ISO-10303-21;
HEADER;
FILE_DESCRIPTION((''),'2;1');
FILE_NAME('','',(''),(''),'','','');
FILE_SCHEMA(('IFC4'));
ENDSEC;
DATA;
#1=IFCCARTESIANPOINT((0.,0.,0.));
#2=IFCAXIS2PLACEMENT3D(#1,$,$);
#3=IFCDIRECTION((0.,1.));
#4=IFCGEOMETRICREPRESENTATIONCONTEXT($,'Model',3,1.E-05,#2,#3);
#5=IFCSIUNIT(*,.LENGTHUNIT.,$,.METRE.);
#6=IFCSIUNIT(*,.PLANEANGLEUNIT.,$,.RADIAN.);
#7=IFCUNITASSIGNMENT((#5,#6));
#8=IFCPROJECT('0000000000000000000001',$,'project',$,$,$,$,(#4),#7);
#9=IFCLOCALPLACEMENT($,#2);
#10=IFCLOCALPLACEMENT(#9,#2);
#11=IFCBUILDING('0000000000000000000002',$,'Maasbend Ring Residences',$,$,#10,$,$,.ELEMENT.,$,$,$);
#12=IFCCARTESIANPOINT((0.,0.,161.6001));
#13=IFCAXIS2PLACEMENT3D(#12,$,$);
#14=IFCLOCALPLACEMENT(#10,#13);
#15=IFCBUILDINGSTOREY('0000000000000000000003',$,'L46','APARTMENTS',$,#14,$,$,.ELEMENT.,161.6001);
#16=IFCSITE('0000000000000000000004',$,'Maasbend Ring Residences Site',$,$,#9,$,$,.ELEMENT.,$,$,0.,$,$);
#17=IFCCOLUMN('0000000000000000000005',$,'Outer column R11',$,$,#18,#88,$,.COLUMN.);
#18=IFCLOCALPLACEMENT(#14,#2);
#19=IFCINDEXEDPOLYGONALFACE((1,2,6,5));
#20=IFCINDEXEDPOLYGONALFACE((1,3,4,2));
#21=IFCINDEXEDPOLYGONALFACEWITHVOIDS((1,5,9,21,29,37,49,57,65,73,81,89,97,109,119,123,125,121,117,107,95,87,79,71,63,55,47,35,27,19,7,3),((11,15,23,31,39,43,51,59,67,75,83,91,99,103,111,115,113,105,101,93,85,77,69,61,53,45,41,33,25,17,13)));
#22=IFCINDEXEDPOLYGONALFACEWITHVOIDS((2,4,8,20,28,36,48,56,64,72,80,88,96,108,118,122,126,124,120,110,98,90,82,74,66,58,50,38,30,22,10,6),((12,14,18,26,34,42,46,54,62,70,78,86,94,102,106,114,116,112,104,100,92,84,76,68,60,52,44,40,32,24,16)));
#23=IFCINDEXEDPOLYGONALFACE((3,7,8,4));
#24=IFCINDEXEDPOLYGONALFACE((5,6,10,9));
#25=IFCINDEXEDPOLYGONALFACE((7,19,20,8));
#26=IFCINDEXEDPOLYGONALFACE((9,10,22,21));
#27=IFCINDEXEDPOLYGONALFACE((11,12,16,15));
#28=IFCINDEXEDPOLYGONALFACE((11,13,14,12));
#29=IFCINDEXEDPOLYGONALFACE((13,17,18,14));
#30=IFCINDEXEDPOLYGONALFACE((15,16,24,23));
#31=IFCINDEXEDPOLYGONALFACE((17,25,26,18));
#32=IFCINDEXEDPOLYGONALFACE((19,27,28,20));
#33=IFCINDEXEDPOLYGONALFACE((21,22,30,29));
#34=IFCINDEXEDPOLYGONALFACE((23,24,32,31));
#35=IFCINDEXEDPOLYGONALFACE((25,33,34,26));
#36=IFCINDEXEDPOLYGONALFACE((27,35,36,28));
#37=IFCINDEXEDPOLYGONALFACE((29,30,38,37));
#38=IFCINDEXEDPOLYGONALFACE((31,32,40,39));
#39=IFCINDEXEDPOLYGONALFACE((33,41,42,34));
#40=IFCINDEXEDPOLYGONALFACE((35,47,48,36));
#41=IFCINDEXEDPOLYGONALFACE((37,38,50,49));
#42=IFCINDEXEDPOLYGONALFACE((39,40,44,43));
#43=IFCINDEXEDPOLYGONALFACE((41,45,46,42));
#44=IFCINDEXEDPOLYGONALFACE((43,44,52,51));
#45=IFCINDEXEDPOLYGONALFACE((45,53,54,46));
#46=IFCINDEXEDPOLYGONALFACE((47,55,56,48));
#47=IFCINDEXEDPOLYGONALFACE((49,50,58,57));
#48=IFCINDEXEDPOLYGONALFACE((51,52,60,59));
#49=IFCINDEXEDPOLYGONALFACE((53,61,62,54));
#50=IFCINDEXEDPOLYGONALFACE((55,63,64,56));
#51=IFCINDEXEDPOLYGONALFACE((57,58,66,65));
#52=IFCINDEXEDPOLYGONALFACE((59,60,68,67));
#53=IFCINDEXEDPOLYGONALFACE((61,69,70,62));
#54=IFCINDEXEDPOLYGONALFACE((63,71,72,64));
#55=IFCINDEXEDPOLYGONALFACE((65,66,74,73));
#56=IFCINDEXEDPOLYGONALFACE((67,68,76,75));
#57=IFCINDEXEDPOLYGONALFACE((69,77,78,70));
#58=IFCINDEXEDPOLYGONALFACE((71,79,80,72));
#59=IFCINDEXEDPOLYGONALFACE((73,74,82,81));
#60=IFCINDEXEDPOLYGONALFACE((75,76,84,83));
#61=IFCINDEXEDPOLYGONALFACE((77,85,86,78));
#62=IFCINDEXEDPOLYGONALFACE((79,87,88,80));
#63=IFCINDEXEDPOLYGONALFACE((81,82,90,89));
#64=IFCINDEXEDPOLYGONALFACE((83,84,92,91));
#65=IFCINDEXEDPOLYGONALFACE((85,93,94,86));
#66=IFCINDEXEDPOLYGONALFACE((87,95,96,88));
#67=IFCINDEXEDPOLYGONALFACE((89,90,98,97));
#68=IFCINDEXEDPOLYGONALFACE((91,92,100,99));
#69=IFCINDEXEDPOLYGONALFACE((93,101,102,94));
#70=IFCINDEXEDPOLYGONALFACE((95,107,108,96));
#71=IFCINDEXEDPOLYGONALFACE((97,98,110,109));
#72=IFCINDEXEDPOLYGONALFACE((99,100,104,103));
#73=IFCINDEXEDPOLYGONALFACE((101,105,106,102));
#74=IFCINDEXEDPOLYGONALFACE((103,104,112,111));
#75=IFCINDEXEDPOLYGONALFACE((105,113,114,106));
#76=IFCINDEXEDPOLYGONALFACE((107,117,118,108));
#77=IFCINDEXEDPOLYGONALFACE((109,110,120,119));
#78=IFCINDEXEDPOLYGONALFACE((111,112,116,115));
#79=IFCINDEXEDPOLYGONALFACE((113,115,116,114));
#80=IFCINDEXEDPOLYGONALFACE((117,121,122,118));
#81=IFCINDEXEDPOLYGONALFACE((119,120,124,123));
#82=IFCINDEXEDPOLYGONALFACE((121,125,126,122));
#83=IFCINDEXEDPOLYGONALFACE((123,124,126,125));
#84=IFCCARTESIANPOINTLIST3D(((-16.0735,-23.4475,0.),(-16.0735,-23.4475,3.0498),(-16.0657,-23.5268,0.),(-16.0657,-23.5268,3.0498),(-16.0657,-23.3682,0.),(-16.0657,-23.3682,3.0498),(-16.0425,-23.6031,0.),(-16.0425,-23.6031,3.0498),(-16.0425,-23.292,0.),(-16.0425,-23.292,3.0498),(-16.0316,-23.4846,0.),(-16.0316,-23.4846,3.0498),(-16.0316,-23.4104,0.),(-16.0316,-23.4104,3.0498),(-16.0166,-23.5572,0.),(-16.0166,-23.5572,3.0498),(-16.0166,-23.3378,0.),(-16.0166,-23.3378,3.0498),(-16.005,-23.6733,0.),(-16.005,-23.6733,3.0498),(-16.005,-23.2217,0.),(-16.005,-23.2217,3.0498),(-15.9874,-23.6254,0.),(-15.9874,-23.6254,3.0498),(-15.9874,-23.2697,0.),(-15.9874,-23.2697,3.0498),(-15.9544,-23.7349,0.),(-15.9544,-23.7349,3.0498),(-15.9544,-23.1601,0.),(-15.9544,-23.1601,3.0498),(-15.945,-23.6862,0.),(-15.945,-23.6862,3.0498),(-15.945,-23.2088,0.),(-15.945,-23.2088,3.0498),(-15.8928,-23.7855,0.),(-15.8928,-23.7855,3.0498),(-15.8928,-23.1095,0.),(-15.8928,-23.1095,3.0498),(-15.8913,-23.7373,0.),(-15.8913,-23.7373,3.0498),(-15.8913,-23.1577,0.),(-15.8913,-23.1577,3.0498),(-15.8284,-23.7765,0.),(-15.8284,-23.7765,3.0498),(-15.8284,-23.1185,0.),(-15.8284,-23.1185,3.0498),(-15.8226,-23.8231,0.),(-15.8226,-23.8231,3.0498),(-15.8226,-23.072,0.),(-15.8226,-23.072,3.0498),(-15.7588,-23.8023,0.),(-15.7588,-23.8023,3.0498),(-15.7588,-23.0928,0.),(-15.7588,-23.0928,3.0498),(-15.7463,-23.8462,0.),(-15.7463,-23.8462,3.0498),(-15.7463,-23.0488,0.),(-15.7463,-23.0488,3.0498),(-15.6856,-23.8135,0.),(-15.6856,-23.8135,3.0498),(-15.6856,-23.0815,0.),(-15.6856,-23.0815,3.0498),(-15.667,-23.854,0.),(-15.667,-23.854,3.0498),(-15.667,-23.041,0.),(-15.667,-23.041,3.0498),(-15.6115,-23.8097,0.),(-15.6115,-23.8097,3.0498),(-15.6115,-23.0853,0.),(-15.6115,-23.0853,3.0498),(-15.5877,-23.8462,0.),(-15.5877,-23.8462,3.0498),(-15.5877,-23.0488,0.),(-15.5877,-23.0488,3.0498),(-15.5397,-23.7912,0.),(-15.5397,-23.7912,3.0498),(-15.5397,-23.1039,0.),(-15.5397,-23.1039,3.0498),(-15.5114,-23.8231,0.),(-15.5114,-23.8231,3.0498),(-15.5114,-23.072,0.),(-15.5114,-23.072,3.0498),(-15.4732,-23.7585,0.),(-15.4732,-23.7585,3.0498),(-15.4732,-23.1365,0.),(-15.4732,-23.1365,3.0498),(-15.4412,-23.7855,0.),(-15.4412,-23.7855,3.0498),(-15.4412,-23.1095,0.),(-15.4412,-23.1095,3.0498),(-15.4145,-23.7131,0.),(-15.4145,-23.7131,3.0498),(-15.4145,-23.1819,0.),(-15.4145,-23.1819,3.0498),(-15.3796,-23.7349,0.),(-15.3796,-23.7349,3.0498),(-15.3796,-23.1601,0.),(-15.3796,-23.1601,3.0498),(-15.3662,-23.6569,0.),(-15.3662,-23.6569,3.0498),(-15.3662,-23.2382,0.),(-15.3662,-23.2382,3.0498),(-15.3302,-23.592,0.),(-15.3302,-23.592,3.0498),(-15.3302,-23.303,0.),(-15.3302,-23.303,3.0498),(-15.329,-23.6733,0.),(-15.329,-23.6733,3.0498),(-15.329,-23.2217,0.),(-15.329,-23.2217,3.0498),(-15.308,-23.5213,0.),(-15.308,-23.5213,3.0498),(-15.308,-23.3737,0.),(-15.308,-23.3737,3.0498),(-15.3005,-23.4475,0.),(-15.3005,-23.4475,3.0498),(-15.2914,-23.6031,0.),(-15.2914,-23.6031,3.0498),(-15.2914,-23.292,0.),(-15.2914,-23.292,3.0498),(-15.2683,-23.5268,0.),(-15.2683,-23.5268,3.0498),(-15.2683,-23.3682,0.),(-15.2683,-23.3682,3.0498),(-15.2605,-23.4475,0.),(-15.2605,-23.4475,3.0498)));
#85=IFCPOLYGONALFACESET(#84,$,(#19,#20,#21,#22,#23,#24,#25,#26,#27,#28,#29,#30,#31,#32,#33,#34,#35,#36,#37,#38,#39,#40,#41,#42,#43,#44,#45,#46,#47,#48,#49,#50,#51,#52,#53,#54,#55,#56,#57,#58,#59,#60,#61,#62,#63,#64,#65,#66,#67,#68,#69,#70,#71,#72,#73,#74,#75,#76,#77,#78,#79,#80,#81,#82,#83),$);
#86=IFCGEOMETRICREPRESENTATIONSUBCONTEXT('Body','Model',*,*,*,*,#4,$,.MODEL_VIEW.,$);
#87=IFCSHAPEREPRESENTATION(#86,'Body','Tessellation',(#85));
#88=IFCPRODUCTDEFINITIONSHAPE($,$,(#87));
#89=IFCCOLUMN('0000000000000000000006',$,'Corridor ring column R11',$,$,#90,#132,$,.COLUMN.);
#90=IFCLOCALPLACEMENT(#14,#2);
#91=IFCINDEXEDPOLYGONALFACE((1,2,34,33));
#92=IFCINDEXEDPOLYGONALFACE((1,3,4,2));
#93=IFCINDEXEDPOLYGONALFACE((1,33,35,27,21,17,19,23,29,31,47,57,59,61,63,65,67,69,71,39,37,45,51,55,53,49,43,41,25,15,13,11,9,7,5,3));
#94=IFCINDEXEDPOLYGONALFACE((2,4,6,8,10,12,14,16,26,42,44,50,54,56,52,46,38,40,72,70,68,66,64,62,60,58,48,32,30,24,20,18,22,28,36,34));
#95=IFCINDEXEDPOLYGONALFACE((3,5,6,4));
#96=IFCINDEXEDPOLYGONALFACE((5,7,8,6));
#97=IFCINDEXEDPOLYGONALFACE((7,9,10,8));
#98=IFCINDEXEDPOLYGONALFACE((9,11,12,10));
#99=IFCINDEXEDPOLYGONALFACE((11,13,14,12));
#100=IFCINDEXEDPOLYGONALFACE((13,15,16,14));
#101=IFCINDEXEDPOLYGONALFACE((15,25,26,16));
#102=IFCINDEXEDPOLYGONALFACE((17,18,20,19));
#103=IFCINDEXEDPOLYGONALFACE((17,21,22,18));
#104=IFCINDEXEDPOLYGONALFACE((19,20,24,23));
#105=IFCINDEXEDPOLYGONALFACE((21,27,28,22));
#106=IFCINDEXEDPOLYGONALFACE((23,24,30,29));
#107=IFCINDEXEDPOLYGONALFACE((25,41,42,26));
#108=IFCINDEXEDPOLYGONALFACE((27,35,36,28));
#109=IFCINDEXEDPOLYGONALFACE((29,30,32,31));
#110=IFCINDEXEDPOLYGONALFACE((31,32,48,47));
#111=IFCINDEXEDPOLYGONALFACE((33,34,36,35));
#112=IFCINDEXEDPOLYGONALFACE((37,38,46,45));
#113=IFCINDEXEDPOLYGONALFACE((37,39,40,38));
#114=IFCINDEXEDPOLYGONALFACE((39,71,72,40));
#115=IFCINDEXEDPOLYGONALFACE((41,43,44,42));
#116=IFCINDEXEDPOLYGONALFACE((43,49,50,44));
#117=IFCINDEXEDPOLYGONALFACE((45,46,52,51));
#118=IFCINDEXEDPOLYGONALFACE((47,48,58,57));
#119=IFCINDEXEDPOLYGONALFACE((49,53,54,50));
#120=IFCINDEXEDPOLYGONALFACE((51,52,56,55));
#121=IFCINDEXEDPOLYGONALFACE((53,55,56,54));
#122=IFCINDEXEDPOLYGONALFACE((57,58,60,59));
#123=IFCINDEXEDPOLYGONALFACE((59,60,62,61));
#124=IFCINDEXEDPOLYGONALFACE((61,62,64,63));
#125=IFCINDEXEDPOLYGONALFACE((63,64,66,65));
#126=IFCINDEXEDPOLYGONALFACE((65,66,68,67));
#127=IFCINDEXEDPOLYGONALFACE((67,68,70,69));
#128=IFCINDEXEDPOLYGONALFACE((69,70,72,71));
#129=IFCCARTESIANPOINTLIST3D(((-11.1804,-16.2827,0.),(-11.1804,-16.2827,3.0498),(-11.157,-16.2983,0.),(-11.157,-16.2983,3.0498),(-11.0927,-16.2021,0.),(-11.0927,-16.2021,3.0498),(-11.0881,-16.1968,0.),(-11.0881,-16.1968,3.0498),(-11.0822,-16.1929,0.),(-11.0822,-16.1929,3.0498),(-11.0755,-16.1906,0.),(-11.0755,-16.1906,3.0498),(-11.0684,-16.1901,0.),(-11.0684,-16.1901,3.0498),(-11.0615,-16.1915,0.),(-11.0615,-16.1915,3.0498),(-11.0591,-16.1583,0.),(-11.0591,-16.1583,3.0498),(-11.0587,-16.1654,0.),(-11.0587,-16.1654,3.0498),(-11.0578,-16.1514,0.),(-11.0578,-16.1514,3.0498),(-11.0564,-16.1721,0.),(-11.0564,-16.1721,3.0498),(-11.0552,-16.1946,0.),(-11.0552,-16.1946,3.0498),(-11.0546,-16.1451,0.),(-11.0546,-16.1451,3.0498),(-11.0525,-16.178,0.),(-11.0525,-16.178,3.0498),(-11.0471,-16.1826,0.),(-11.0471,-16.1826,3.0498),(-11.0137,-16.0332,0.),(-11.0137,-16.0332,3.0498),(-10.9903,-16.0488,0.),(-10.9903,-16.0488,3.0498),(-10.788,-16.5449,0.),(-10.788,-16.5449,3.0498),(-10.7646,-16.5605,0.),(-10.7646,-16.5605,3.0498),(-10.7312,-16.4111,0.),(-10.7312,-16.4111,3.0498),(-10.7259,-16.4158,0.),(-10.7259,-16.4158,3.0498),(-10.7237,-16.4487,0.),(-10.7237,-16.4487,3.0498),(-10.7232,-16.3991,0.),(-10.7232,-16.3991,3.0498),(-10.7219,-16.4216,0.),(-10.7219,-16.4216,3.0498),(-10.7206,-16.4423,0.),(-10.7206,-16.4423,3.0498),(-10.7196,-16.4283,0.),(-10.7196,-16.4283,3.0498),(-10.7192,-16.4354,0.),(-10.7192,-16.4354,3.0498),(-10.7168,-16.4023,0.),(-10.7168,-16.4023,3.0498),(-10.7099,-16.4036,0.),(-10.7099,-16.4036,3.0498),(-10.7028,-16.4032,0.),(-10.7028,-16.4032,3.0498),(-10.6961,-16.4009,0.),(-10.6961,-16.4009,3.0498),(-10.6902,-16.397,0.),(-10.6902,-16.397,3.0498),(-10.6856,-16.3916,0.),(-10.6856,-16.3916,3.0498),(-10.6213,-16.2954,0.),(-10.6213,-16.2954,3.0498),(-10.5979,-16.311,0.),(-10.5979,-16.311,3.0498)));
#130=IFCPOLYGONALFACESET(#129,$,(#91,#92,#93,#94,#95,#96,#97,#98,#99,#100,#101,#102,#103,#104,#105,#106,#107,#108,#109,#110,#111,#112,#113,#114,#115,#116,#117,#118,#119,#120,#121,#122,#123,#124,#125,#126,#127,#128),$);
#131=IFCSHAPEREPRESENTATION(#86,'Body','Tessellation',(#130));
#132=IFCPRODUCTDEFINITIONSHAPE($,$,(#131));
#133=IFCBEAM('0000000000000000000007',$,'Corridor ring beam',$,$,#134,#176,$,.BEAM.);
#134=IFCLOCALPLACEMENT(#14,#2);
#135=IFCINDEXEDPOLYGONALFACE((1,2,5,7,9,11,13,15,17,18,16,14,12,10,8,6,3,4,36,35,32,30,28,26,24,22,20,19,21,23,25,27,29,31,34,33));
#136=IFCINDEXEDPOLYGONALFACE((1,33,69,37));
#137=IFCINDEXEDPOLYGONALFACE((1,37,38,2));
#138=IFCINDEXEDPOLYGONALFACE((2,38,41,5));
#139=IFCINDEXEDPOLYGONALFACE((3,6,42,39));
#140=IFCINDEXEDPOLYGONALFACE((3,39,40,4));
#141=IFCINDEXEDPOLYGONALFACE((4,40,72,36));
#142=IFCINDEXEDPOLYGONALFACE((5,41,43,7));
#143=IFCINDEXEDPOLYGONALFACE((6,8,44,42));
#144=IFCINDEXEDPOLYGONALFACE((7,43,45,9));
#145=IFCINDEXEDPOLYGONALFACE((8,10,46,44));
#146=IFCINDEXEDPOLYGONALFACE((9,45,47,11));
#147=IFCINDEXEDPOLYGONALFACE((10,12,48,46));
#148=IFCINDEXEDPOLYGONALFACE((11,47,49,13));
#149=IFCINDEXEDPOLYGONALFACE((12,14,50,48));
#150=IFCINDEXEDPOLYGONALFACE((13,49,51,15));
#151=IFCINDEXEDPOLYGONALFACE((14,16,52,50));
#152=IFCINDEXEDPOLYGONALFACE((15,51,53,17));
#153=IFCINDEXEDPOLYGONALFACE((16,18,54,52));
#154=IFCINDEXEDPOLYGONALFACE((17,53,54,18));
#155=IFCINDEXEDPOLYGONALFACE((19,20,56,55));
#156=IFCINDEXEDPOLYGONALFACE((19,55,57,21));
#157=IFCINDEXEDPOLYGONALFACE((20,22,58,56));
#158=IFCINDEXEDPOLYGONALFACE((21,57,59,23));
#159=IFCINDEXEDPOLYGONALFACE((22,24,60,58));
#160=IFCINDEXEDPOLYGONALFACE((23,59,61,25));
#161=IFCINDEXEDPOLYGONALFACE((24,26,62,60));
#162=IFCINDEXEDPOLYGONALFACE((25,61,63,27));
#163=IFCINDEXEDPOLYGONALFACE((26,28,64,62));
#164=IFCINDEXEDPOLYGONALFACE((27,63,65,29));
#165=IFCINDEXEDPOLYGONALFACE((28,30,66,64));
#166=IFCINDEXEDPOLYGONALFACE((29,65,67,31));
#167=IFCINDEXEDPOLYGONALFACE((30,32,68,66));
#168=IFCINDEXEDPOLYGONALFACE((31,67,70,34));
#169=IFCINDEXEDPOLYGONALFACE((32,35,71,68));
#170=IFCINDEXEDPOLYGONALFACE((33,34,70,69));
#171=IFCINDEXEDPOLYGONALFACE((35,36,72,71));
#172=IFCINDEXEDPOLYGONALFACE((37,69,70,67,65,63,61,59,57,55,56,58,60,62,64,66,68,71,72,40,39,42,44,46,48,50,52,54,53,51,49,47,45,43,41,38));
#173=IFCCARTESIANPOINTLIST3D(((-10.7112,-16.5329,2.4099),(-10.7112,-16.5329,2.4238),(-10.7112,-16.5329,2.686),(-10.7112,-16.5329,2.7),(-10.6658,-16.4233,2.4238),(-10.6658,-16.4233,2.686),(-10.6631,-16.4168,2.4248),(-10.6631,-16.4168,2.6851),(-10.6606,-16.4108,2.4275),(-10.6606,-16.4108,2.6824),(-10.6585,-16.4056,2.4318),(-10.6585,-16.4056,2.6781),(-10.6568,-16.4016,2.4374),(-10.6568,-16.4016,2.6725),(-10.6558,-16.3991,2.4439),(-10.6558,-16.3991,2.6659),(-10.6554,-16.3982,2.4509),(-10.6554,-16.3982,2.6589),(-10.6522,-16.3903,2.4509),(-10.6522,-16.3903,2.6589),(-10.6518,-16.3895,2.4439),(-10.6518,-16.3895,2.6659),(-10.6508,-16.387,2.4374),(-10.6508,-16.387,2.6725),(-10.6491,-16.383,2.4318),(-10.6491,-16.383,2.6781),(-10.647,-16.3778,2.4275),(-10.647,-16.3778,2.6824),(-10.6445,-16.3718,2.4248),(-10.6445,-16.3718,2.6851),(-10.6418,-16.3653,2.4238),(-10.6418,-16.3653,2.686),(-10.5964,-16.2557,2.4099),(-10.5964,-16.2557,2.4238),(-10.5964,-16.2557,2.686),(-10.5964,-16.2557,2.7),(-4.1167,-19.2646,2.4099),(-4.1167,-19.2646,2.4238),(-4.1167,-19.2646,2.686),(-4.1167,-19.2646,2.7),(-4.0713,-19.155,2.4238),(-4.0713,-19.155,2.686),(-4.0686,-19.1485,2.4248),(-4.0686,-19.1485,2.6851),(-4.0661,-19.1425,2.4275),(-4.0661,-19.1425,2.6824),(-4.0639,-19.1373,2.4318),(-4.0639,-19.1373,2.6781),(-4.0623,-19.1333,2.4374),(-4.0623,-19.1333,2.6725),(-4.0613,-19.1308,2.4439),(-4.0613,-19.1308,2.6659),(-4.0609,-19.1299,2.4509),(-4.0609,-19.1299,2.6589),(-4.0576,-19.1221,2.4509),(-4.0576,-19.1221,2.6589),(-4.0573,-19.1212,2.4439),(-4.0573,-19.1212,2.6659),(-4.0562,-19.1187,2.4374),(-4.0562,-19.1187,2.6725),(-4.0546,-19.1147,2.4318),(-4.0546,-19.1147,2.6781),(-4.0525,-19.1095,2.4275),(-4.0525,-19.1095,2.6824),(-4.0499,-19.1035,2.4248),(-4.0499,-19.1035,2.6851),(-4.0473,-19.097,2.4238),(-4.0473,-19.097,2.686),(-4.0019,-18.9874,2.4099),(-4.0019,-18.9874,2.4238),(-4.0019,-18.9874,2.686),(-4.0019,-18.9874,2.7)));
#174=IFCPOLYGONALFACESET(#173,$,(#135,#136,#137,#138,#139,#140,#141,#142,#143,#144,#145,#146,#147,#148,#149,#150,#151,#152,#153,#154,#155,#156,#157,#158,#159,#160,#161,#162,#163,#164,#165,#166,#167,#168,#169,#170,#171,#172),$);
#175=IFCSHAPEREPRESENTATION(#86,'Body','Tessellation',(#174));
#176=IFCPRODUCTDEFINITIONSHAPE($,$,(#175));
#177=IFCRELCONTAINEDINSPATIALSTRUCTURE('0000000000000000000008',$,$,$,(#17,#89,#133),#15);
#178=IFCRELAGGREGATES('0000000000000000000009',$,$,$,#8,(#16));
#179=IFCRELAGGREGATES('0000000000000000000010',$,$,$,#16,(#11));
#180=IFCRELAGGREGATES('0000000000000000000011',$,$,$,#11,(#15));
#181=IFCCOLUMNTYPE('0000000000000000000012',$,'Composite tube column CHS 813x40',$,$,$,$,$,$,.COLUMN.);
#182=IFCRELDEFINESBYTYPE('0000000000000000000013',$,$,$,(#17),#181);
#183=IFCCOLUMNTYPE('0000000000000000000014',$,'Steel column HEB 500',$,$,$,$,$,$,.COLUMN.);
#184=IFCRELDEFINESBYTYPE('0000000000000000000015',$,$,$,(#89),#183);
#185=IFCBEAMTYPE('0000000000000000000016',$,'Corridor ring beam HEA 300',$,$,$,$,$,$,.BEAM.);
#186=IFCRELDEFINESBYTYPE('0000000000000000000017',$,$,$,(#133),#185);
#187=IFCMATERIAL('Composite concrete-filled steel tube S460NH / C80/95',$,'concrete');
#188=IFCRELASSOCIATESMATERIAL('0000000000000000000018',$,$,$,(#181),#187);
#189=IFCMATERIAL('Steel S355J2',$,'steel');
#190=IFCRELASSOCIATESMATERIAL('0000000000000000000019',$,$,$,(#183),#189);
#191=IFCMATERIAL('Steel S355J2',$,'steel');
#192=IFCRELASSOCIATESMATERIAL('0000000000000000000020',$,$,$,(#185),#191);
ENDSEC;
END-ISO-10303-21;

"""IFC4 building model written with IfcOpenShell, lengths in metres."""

from ifc_helpers import new_model, si_unit, direction, frame, origin, origin_2d, place, context, subcontext, project, spatial, hollow_circle, i_section, extrude, material, material_profile, profile_set, type_object, element, save


model = new_model("IFC4")

# Units and contexts
model_context = context("Model", 3, precision=1e-05, world=origin(), true_north=direction((0.0, 1.0)))
body_context = subcontext(model_context, "Body", "Model", "MODEL_VIEW")
ifc_project = project(units=[si_unit("LENGTHUNIT", "METRE"), si_unit("PLANEANGLEUNIT", "RADIAN")], contexts=[model_context])

# Site, building, storey
site_placement = place(None, origin())
site = spatial("IfcSite", under=ifc_project, at=site_placement, Name="Maasbend Ring Residences Site", CompositionType="ELEMENT", RefElevation=0.0)
building_placement = place(site_placement, origin())
building = spatial("IfcBuilding", under=site, at=building_placement, Name="Maasbend Ring Residences", CompositionType="ELEMENT")
storey_placement = place(building_placement, frame((0.0, 0.0, 161.6001)))
storey = spatial("IfcBuildingStorey", under=building, at=storey_placement, Name="L46", Description="APARTMENTS", CompositionType="ELEMENT", Elevation=161.6001)

# Columns
ifc_material_1 = material(Name="Composite concrete-filled steel tube S460NH / C80/95", Category="concrete")
ifc_material_profile_1 = material_profile(ifc_material_1, hollow_circle(Radius=0.4065, WallThickness=0.04, at=origin_2d()), Name="Composite tube column CHS 813x40")
ifc_profile_set_1 = profile_set([ifc_material_profile_1], Name="Composite concrete-filled steel tube S460NH / C80/95")
column_type_1 = type_object("IfcColumnType", Name="Composite tube column CHS 813x40", PredefinedType="COLUMN", material=ifc_profile_set_1)
column_1_placement = place(storey_placement, frame((-15.667, -23.4475, 0.0), z_axis=(0.0, 0.0, 1.0), x_axis=(1.0, 0.0, 0.0)))
element("IfcColumn", 1, at=column_1_placement, inside=storey, type_object=column_type_1, Name="Outer column R11", PredefinedType="COLUMN", context=body_context, shape_type="SweptSolid", body=[
    extrude(hollow_circle(Radius=0.4065, WallThickness=0.04, at=origin_2d()), origin(), (0.0, 0.0, 1.0), 3.0498),
])
ifc_material_2 = material(Name="Steel S355J2", Category="steel")
ifc_material_profile_2 = material_profile(ifc_material_2, i_section(OverallWidth=0.3, OverallDepth=0.5, WebThickness=0.0144, FlangeThickness=0.0281, FilletRadius=0.0271, at=origin_2d()), Name="HEB 500")
ifc_profile_set_2 = profile_set([ifc_material_profile_2], Name="Steel S355J2")
column_type_2 = type_object("IfcColumnType", Name="Steel column HEB 500", PredefinedType="COLUMN", material=ifc_profile_set_2)
column_2_placement = place(storey_placement, frame((-10.8892, -16.2969, 0.0), z_axis=(0.0, 0.0, 1.0), x_axis=(-0.55557, -0.83147, 0.0)))
element("IfcColumn", 2, at=column_2_placement, inside=storey, type_object=column_type_2, Name="Corridor ring column R11", PredefinedType="COLUMN", context=body_context, shape_type="SweptSolid", body=[
    extrude(i_section(OverallWidth=0.3, OverallDepth=0.5, WebThickness=0.0144, FlangeThickness=0.0281, FilletRadius=0.0271, at=origin_2d()), origin(), (0.0, 0.0, 1.0), 3.0498),
])

# Beam
ifc_material_3 = material(Name="Steel S355J2", Category="steel")
ifc_material_profile_3 = material_profile(ifc_material_3, i_section(OverallWidth=0.3, OverallDepth=0.29, WebThickness=0.0085, FlangeThickness=0.0139, FilletRadius=0.0271, at=origin_2d()), Name="HEA 300")
ifc_profile_set_3 = profile_set([ifc_material_profile_3], Name="Steel S355J2")
beam_type_1 = type_object("IfcBeamType", Name="Corridor ring beam HEA 300", PredefinedType="BEAM", material=ifc_profile_set_3)
beam_1_placement = place(storey_placement, frame((-10.6538, -16.3943, 2.5549), z_axis=(0.923871, -0.382703, 0.0), x_axis=(0.382703, 0.923871, 0.0)))
element("IfcBeam", 3, at=beam_1_placement, inside=storey, type_object=beam_type_1, Name="Corridor ring beam", PredefinedType="BEAM", context=body_context, shape_type="SweptSolid", body=[
    extrude(i_section(OverallWidth=0.3, OverallDepth=0.29, WebThickness=0.0085, FlangeThickness=0.0139, FilletRadius=0.0271, at=origin_2d()), origin(), (0.0, 0.0, 1.0), 7.1379),
])

save(model, "model.ifc")
